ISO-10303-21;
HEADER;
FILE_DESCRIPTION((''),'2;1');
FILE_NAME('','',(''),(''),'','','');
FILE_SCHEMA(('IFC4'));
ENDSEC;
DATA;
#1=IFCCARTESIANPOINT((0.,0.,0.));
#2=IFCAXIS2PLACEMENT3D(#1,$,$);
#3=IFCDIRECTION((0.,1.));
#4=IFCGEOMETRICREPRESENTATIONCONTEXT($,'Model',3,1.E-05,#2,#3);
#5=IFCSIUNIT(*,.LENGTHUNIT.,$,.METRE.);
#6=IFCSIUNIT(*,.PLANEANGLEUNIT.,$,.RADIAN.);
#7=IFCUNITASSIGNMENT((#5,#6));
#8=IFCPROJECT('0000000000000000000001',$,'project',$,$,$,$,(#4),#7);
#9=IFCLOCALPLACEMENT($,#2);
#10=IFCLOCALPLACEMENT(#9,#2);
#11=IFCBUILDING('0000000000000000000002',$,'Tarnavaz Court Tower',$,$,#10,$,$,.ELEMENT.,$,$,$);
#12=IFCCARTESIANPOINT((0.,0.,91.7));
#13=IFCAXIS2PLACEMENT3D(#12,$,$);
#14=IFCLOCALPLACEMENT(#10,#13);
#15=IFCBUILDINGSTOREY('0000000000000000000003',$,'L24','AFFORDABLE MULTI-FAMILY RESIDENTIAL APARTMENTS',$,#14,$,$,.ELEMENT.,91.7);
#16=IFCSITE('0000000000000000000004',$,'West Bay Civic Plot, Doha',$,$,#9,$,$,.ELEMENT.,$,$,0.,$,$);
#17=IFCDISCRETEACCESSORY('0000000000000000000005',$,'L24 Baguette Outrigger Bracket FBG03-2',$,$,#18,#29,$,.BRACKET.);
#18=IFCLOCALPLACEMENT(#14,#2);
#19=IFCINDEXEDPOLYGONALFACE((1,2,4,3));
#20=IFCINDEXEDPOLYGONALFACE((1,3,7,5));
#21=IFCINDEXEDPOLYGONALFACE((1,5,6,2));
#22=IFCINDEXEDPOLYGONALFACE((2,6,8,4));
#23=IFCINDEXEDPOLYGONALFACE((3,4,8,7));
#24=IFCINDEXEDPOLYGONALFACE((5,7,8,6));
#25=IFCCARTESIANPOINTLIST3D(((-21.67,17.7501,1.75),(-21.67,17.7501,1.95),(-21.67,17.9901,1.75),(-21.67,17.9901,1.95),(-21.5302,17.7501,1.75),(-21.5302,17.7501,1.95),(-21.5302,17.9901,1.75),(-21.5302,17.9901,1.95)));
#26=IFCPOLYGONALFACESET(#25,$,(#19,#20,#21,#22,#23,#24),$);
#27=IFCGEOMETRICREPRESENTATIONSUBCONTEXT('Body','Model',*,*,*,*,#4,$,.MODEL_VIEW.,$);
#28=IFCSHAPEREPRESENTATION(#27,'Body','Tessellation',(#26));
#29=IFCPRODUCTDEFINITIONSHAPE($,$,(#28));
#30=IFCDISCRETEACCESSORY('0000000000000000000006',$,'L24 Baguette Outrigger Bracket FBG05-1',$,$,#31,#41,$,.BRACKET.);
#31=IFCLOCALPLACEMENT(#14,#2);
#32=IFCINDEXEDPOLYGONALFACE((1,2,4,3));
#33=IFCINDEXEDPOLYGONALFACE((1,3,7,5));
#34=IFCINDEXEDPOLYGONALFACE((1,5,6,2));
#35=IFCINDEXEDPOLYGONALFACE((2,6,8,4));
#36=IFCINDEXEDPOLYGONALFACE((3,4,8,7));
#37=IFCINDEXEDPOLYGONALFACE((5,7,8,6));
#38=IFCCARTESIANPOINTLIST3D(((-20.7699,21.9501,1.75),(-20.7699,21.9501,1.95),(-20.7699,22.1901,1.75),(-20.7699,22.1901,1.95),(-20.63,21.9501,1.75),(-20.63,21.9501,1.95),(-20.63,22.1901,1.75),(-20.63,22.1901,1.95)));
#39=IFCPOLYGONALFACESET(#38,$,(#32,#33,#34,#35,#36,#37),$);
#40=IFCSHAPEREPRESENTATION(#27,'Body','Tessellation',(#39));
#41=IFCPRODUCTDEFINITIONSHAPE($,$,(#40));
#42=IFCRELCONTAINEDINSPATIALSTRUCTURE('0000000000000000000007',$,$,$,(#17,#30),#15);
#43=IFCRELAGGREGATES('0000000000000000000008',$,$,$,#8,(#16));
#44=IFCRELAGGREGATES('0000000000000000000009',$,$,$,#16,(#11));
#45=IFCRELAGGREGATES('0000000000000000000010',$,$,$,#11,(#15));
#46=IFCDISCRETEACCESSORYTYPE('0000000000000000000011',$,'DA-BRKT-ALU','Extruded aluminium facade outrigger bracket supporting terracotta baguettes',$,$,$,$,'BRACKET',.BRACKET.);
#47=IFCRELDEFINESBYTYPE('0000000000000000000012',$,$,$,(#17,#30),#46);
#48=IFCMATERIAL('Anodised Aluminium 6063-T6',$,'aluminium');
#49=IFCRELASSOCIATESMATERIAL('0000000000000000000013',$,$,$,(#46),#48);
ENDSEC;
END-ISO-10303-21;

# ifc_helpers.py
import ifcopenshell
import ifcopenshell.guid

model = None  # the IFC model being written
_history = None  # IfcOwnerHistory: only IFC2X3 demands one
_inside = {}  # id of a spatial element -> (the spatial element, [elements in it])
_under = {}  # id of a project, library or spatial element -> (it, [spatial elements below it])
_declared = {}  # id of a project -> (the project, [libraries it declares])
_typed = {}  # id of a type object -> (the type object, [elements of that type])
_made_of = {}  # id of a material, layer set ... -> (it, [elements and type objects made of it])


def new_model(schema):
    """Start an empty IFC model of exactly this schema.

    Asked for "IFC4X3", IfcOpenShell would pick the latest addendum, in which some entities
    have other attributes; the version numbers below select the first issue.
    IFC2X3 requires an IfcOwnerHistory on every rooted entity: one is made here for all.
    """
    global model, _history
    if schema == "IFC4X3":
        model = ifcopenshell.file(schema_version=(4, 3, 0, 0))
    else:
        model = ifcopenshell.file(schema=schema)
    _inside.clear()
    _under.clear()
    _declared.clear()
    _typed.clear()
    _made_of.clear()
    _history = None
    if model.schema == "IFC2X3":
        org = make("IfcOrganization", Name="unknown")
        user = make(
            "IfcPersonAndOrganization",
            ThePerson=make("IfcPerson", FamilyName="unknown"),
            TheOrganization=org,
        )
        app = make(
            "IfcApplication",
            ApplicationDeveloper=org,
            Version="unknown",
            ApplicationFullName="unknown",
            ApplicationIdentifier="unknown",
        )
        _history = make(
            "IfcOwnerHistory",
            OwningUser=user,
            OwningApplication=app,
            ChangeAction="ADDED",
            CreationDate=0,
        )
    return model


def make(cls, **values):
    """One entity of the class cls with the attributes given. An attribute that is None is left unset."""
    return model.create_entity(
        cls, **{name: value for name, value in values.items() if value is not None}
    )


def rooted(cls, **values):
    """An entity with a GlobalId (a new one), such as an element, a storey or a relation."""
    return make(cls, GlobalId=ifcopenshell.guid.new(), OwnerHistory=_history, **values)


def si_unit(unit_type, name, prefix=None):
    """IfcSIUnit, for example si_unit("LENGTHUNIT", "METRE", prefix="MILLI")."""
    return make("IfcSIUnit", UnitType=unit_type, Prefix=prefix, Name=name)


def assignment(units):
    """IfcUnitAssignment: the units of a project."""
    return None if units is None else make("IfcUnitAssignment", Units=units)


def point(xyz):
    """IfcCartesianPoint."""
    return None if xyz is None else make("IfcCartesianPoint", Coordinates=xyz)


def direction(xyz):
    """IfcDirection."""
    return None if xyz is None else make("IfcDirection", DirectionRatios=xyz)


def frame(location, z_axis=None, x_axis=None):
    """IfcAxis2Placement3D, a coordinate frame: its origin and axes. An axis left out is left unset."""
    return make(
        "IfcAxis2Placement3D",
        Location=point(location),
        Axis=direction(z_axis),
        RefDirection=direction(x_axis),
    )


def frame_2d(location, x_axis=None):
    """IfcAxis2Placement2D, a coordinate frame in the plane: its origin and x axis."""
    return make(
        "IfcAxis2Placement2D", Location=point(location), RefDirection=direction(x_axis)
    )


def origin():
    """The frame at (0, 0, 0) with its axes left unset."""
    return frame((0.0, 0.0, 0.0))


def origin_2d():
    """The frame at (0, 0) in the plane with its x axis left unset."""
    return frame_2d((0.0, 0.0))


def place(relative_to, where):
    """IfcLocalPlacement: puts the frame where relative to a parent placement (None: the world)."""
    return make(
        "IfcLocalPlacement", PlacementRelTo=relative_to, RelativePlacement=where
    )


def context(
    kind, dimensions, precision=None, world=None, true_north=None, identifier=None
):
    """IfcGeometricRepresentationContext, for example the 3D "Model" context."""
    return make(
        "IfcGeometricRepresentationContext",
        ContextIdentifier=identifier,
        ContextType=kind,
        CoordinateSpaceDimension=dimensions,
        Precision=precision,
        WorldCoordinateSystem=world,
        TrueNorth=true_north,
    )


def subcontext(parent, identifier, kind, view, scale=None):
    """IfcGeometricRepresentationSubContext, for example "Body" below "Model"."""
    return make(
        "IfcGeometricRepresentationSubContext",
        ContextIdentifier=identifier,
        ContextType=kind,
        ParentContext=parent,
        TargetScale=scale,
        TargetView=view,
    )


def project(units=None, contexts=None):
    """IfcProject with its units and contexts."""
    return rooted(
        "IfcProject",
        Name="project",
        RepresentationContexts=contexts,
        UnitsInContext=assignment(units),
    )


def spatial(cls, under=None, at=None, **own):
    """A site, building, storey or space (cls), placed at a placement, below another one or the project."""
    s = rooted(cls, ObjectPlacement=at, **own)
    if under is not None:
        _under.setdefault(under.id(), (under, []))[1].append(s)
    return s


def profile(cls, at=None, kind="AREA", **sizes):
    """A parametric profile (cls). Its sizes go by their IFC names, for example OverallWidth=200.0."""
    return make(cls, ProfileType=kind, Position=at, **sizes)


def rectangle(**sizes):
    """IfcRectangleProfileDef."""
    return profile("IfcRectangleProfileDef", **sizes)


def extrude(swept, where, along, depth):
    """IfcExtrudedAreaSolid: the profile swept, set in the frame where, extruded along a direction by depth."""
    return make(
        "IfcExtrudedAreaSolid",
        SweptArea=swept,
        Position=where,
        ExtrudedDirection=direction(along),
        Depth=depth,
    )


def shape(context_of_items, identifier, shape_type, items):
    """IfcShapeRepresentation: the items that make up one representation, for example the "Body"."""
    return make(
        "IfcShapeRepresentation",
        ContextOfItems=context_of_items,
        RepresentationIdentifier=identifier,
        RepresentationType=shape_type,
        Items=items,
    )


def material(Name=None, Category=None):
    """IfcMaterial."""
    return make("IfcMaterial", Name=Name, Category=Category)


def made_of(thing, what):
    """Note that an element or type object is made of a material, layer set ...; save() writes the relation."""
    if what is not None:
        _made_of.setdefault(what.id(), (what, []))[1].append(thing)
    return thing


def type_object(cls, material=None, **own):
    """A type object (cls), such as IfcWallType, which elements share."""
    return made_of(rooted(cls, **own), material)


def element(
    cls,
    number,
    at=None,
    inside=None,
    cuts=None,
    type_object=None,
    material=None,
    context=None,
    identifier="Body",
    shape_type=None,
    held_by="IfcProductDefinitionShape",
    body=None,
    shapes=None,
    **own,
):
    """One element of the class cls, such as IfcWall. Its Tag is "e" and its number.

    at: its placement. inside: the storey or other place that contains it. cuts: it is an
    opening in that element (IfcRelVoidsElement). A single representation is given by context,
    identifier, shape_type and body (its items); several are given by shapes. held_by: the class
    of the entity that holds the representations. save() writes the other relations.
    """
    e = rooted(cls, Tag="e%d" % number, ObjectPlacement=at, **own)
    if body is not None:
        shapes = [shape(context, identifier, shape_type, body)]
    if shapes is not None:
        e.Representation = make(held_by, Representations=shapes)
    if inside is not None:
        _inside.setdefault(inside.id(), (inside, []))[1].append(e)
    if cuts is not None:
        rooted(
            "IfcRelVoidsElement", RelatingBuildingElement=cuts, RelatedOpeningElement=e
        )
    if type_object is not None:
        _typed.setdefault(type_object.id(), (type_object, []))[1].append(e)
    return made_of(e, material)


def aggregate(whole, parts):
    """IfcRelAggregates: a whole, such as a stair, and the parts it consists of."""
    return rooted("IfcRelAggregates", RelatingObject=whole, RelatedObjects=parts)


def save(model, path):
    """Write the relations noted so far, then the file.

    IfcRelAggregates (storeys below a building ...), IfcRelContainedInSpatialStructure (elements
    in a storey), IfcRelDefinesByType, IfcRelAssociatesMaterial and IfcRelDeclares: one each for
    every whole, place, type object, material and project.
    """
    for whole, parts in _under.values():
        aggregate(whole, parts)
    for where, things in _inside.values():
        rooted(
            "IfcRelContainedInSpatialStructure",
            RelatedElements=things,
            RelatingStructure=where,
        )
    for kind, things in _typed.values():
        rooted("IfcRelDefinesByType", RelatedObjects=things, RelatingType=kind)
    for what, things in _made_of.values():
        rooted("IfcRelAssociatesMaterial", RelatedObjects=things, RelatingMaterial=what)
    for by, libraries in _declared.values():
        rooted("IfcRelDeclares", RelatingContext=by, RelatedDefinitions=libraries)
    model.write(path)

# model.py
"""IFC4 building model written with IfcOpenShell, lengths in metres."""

from ifc_helpers import new_model, si_unit, direction, frame, origin, origin_2d, place, context, subcontext, project, spatial, rectangle, extrude, material, type_object, element, save


model = new_model("IFC4")

# Units and contexts
model_context = context("Model", 3, precision=1e-05, world=origin(), true_north=direction((0.0, 1.0)))
body_context = subcontext(model_context, "Body", "Model", "MODEL_VIEW")
ifc_project = project(units=[si_unit("LENGTHUNIT", "METRE"), si_unit("PLANEANGLEUNIT", "RADIAN")], contexts=[model_context])

# Site, building, storey
site_placement = place(None, origin())
site = spatial("IfcSite", under=ifc_project, at=site_placement, Name="West Bay Civic Plot, Doha", CompositionType="ELEMENT", RefElevation=0.0)
building_placement = place(site_placement, origin())
building = spatial("IfcBuilding", under=site, at=building_placement, Name="Tarnavaz Court Tower", CompositionType="ELEMENT")
storey_placement = place(building_placement, frame((0.0, 0.0, 91.7)))
storey = spatial("IfcBuildingStorey", under=building, at=storey_placement, Name="L24", Description="AFFORDABLE MULTI-FAMILY RESIDENTIAL APARTMENTS", CompositionType="ELEMENT", Elevation=91.7)

# Discrete accessories
ifc_material_1 = material(Name="Anodised Aluminium 6063-T6", Category="aluminium")
discrete_accessory_type = type_object("IfcDiscreteAccessoryType", Name="DA-BRKT-ALU", Description="Extruded aluminium facade outrigger bracket supporting terracotta baguettes", ElementType="BRACKET", PredefinedType="BRACKET", material=ifc_material_1)
for number, where, z_axis, x_axis, name in (
    (1, (-21.6001, 17.8701, 1.75), (0.0, 0.0, 1.0), (1.0, 0.0, 0.0), "L24 Baguette Outrigger Bracket FBG03-2"),
    (2, (-20.7, 22.0701, 1.75), (0.0, 0.0, 1.0), (1.0, 0.0, 0.0), "L24 Baguette Outrigger Bracket FBG05-1"),
):
    element("IfcDiscreteAccessory", number, at=place(storey_placement, frame(where, z_axis=z_axis, x_axis=x_axis)), inside=storey, type_object=discrete_accessory_type, Name=name, PredefinedType="BRACKET", context=body_context, shape_type="SweptSolid", body=[
        extrude(rectangle(XDim=0.1399, YDim=0.24, at=origin_2d()), origin(), (0.0, 0.0, 1.0), 0.2),
    ])

save(model, "model.ifc")
